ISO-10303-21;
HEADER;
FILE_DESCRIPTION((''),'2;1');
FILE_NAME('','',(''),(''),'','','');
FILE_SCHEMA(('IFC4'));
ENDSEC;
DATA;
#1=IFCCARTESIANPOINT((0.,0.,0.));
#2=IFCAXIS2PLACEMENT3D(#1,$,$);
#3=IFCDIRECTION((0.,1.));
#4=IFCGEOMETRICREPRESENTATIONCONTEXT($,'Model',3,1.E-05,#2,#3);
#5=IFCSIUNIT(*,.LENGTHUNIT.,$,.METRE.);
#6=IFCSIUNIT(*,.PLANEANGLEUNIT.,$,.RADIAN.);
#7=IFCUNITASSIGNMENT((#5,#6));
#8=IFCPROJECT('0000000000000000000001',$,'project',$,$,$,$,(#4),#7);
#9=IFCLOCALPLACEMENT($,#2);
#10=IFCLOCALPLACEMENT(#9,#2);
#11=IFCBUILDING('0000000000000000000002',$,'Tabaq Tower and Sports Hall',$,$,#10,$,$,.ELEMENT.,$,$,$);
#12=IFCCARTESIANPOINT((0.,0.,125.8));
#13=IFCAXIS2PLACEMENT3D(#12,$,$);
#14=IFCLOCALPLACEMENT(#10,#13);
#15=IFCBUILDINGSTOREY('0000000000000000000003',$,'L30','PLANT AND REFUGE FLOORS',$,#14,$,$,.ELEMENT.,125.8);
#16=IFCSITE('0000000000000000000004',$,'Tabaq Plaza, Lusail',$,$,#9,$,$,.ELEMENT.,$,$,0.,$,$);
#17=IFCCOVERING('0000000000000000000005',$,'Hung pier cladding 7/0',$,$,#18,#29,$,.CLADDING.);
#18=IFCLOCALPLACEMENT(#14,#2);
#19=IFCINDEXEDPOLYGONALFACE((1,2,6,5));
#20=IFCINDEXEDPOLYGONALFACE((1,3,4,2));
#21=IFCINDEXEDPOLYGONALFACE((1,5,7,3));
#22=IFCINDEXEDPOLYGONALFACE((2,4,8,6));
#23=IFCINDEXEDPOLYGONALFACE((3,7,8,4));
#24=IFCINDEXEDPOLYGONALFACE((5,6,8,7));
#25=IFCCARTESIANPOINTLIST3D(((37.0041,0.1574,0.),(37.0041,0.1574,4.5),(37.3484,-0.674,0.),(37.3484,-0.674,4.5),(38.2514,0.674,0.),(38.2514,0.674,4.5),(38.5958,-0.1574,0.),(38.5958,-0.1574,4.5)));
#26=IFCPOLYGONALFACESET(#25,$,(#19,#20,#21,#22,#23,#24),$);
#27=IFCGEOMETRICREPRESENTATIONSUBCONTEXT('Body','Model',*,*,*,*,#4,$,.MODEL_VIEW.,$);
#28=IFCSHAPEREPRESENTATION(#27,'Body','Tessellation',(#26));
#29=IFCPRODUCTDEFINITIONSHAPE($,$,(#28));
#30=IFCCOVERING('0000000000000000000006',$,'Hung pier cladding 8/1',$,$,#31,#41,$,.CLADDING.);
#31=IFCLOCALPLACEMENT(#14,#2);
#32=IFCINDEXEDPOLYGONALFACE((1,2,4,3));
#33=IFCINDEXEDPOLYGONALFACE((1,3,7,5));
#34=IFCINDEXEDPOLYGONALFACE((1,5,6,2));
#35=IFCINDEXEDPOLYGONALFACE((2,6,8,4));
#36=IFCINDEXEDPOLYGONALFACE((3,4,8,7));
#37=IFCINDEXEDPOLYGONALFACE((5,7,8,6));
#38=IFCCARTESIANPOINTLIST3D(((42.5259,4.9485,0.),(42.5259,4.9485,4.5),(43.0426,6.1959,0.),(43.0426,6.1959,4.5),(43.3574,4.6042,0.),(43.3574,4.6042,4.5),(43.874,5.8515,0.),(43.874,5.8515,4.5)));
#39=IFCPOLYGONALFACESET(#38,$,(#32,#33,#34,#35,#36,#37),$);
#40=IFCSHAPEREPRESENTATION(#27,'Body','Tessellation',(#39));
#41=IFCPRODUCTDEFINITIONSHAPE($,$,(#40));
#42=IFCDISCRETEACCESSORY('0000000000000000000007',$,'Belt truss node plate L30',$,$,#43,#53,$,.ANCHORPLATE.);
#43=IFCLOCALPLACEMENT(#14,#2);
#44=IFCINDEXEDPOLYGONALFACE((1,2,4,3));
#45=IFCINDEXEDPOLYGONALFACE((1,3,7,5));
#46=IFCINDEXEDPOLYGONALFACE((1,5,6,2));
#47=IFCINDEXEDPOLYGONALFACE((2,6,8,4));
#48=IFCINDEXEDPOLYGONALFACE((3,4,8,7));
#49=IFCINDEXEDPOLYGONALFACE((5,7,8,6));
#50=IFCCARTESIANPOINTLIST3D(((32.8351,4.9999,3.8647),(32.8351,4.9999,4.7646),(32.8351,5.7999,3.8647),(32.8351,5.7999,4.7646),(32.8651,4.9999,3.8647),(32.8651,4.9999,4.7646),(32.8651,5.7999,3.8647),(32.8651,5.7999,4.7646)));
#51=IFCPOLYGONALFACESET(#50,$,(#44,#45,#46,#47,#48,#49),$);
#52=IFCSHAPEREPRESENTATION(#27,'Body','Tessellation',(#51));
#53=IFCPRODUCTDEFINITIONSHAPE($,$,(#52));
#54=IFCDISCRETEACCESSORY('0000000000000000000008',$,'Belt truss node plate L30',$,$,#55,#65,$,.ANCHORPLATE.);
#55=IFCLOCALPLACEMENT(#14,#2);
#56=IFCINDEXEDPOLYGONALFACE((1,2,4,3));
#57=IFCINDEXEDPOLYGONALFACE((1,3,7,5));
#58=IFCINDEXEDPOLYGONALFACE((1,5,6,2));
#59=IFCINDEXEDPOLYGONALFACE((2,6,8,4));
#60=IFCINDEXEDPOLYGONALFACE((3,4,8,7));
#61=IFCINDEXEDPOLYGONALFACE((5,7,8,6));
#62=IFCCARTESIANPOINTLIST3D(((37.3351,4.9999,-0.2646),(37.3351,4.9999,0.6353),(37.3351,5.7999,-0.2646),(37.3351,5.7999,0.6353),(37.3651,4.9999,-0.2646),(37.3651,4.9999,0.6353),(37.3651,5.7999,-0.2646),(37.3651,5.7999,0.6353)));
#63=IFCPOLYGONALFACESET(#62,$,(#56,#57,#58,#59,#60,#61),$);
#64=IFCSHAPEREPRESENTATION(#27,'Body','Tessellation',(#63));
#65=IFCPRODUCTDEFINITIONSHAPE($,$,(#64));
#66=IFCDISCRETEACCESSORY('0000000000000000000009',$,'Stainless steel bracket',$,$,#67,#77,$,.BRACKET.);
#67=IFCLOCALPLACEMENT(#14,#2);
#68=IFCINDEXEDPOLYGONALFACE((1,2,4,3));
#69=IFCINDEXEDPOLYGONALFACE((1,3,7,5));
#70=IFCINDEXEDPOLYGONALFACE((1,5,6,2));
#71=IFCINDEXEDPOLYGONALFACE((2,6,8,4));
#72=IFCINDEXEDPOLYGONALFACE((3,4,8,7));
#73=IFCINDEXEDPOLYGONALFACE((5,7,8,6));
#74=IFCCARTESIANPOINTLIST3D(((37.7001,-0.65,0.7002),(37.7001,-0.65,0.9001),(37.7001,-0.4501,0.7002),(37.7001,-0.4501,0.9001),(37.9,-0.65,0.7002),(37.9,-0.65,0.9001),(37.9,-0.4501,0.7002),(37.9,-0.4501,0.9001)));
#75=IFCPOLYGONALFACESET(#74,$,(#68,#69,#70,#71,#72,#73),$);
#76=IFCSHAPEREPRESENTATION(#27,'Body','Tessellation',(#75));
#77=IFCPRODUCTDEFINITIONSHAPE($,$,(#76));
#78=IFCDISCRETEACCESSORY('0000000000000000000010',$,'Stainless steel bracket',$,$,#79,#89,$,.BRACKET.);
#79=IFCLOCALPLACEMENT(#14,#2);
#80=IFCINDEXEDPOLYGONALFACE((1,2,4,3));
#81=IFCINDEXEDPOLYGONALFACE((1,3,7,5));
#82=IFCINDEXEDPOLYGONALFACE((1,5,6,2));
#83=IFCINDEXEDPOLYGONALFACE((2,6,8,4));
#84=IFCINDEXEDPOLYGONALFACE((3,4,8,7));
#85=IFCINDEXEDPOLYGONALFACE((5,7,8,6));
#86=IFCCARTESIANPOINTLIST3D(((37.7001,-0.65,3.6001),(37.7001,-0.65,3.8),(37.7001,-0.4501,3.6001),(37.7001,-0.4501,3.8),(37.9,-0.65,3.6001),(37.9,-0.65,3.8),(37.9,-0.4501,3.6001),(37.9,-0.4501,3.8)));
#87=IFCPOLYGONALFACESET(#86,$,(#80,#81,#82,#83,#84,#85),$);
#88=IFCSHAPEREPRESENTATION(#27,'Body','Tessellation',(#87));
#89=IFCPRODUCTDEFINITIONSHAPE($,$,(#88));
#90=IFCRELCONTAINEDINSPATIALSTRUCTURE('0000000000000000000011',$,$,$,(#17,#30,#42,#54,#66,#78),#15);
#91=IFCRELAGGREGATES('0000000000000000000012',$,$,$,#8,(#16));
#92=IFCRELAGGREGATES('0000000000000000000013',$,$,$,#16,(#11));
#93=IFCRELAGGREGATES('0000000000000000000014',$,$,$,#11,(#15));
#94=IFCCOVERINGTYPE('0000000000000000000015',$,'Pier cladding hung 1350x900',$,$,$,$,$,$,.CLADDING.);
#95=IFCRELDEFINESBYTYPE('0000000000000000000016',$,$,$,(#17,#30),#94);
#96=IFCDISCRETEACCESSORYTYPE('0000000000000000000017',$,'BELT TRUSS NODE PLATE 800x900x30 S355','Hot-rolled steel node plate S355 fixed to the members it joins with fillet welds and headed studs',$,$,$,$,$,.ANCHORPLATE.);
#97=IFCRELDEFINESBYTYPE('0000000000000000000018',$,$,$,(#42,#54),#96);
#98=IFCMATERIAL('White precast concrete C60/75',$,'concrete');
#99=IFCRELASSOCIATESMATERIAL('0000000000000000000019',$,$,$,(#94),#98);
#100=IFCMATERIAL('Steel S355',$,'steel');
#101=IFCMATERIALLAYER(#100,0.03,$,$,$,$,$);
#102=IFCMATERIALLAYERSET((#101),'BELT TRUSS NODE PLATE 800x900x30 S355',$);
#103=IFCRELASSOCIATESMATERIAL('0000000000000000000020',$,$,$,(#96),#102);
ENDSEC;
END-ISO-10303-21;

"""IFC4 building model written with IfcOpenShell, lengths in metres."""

from ifc_helpers import new_model, si_unit, direction, frame, frame_2d, origin, origin_2d, place, context, subcontext, project, spatial, rectangle, extrude, material, layer, layer_set, type_object, element, save


model = new_model("IFC4")

# Units and contexts
model_context = context("Model", 3, precision=1e-05, world=origin(), true_north=direction((0.0, 1.0)))
body_context = subcontext(model_context, "Body", "Model", "MODEL_VIEW")
ifc_project = project(units=[si_unit("LENGTHUNIT", "METRE"), si_unit("PLANEANGLEUNIT", "RADIAN")], contexts=[model_context])

# Site, building, storey
site_placement = place(None, origin())
site = spatial("IfcSite", under=ifc_project, at=site_placement, Name="Tabaq Plaza, Lusail", CompositionType="ELEMENT", RefElevation=0.0)
building_placement = place(site_placement, origin())
building = spatial("IfcBuilding", under=site, at=building_placement, Name="Tabaq Tower and Sports Hall", CompositionType="ELEMENT")
storey_placement = place(building_placement, frame((0.0, 0.0, 125.8)))
storey = spatial("IfcBuildingStorey", under=building, at=storey_placement, Name="L30", Description="PLANT AND REFUGE FLOORS", CompositionType="ELEMENT", Elevation=125.8)

# Coverings
ifc_material_1 = material(Name="White precast concrete C60/75", Category="concrete")
covering_type = type_object("IfcCoveringType", Name="Pier cladding hung 1350x900", PredefinedType="CLADDING", material=ifc_material_1)
for number, where, z_axis, x_axis, name in (
    (1, (37.1763, -0.2583, 0.0), (0.0, 0.0, 1.0), (0.923893, 0.38265, 0.0), "Hung pier cladding 7/0"),
    (2, (42.9417, 4.7764, 0.0), (0.0, 0.0, 1.0), (0.38265, 0.923893, 0.0), "Hung pier cladding 8/1"),
):
    element("IfcCovering", number, at=place(storey_placement, frame(where, z_axis=z_axis, x_axis=x_axis)), inside=storey, type_object=covering_type, Name=name, PredefinedType="CLADDING", context=body_context, shape_type="SweptSolid", body=[
        extrude(rectangle(XDim=1.3501, YDim=0.8999, at=frame_2d((0.675, 0.0))), origin(), (0.0, 0.0, 1.0), 4.5),
    ])

# Discrete accessories
ifc_material_2 = material(Name="Steel S355", Category="steel")
ifc_layer_1 = layer(ifc_material_2, 0.03)
ifc_layer_set_1 = layer_set([ifc_layer_1], Name="BELT TRUSS NODE PLATE 800x900x30 S355")
discrete_accessory_type = type_object("IfcDiscreteAccessoryType", Name="BELT TRUSS NODE PLATE 800x900x30 S355", Description="Hot-rolled steel node plate S355 fixed to the members it joins with fillet welds and headed studs", PredefinedType="ANCHORPLATE", material=ifc_layer_set_1)
for number, where, z_axis, x_axis, name in (
    (3, (32.8501, 5.3999, 3.8647), (0.0, 0.0, 1.0), (1.0, 0.0, 0.0), "Belt truss node plate L30"),
    (4, (37.3501, 5.3999, -0.2646), (0.0, 0.0, 1.0), (1.0, 0.0, 0.0), "Belt truss node plate L30"),
):
    element("IfcDiscreteAccessory", number, at=place(storey_placement, frame(where, z_axis=z_axis, x_axis=x_axis)), inside=storey, type_object=discrete_accessory_type, Name=name, PredefinedType="ANCHORPLATE", context=body_context, shape_type="SweptSolid", body=[
        extrude(rectangle(XDim=0.03, YDim=0.8, at=origin_2d()), origin(), (0.0, 0.0, 1.0), 0.8999),
    ])
for number, where, z_axis, x_axis, name in (
    (5, (37.8, -0.55, 0.7002), (0.0, 0.0, 1.0), (0.0, 1.0, 0.0), "Stainless steel bracket"),
    (6, (37.8, -0.55, 3.6001), (0.0, 0.0, 1.0), (0.0, 1.0, 0.0), "Stainless steel bracket"),
):
    element("IfcDiscreteAccessory", number, at=place(storey_placement, frame(where, z_axis=z_axis, x_axis=x_axis)), inside=storey, Name=name, PredefinedType="BRACKET", context=body_context, shape_type="SweptSolid", body=[
        extrude(rectangle(XDim=0.2, YDim=0.2, at=origin_2d()), origin(), (0.0, 0.0, 1.0), 0.2),
    ])

save(model, "model.ifc")
